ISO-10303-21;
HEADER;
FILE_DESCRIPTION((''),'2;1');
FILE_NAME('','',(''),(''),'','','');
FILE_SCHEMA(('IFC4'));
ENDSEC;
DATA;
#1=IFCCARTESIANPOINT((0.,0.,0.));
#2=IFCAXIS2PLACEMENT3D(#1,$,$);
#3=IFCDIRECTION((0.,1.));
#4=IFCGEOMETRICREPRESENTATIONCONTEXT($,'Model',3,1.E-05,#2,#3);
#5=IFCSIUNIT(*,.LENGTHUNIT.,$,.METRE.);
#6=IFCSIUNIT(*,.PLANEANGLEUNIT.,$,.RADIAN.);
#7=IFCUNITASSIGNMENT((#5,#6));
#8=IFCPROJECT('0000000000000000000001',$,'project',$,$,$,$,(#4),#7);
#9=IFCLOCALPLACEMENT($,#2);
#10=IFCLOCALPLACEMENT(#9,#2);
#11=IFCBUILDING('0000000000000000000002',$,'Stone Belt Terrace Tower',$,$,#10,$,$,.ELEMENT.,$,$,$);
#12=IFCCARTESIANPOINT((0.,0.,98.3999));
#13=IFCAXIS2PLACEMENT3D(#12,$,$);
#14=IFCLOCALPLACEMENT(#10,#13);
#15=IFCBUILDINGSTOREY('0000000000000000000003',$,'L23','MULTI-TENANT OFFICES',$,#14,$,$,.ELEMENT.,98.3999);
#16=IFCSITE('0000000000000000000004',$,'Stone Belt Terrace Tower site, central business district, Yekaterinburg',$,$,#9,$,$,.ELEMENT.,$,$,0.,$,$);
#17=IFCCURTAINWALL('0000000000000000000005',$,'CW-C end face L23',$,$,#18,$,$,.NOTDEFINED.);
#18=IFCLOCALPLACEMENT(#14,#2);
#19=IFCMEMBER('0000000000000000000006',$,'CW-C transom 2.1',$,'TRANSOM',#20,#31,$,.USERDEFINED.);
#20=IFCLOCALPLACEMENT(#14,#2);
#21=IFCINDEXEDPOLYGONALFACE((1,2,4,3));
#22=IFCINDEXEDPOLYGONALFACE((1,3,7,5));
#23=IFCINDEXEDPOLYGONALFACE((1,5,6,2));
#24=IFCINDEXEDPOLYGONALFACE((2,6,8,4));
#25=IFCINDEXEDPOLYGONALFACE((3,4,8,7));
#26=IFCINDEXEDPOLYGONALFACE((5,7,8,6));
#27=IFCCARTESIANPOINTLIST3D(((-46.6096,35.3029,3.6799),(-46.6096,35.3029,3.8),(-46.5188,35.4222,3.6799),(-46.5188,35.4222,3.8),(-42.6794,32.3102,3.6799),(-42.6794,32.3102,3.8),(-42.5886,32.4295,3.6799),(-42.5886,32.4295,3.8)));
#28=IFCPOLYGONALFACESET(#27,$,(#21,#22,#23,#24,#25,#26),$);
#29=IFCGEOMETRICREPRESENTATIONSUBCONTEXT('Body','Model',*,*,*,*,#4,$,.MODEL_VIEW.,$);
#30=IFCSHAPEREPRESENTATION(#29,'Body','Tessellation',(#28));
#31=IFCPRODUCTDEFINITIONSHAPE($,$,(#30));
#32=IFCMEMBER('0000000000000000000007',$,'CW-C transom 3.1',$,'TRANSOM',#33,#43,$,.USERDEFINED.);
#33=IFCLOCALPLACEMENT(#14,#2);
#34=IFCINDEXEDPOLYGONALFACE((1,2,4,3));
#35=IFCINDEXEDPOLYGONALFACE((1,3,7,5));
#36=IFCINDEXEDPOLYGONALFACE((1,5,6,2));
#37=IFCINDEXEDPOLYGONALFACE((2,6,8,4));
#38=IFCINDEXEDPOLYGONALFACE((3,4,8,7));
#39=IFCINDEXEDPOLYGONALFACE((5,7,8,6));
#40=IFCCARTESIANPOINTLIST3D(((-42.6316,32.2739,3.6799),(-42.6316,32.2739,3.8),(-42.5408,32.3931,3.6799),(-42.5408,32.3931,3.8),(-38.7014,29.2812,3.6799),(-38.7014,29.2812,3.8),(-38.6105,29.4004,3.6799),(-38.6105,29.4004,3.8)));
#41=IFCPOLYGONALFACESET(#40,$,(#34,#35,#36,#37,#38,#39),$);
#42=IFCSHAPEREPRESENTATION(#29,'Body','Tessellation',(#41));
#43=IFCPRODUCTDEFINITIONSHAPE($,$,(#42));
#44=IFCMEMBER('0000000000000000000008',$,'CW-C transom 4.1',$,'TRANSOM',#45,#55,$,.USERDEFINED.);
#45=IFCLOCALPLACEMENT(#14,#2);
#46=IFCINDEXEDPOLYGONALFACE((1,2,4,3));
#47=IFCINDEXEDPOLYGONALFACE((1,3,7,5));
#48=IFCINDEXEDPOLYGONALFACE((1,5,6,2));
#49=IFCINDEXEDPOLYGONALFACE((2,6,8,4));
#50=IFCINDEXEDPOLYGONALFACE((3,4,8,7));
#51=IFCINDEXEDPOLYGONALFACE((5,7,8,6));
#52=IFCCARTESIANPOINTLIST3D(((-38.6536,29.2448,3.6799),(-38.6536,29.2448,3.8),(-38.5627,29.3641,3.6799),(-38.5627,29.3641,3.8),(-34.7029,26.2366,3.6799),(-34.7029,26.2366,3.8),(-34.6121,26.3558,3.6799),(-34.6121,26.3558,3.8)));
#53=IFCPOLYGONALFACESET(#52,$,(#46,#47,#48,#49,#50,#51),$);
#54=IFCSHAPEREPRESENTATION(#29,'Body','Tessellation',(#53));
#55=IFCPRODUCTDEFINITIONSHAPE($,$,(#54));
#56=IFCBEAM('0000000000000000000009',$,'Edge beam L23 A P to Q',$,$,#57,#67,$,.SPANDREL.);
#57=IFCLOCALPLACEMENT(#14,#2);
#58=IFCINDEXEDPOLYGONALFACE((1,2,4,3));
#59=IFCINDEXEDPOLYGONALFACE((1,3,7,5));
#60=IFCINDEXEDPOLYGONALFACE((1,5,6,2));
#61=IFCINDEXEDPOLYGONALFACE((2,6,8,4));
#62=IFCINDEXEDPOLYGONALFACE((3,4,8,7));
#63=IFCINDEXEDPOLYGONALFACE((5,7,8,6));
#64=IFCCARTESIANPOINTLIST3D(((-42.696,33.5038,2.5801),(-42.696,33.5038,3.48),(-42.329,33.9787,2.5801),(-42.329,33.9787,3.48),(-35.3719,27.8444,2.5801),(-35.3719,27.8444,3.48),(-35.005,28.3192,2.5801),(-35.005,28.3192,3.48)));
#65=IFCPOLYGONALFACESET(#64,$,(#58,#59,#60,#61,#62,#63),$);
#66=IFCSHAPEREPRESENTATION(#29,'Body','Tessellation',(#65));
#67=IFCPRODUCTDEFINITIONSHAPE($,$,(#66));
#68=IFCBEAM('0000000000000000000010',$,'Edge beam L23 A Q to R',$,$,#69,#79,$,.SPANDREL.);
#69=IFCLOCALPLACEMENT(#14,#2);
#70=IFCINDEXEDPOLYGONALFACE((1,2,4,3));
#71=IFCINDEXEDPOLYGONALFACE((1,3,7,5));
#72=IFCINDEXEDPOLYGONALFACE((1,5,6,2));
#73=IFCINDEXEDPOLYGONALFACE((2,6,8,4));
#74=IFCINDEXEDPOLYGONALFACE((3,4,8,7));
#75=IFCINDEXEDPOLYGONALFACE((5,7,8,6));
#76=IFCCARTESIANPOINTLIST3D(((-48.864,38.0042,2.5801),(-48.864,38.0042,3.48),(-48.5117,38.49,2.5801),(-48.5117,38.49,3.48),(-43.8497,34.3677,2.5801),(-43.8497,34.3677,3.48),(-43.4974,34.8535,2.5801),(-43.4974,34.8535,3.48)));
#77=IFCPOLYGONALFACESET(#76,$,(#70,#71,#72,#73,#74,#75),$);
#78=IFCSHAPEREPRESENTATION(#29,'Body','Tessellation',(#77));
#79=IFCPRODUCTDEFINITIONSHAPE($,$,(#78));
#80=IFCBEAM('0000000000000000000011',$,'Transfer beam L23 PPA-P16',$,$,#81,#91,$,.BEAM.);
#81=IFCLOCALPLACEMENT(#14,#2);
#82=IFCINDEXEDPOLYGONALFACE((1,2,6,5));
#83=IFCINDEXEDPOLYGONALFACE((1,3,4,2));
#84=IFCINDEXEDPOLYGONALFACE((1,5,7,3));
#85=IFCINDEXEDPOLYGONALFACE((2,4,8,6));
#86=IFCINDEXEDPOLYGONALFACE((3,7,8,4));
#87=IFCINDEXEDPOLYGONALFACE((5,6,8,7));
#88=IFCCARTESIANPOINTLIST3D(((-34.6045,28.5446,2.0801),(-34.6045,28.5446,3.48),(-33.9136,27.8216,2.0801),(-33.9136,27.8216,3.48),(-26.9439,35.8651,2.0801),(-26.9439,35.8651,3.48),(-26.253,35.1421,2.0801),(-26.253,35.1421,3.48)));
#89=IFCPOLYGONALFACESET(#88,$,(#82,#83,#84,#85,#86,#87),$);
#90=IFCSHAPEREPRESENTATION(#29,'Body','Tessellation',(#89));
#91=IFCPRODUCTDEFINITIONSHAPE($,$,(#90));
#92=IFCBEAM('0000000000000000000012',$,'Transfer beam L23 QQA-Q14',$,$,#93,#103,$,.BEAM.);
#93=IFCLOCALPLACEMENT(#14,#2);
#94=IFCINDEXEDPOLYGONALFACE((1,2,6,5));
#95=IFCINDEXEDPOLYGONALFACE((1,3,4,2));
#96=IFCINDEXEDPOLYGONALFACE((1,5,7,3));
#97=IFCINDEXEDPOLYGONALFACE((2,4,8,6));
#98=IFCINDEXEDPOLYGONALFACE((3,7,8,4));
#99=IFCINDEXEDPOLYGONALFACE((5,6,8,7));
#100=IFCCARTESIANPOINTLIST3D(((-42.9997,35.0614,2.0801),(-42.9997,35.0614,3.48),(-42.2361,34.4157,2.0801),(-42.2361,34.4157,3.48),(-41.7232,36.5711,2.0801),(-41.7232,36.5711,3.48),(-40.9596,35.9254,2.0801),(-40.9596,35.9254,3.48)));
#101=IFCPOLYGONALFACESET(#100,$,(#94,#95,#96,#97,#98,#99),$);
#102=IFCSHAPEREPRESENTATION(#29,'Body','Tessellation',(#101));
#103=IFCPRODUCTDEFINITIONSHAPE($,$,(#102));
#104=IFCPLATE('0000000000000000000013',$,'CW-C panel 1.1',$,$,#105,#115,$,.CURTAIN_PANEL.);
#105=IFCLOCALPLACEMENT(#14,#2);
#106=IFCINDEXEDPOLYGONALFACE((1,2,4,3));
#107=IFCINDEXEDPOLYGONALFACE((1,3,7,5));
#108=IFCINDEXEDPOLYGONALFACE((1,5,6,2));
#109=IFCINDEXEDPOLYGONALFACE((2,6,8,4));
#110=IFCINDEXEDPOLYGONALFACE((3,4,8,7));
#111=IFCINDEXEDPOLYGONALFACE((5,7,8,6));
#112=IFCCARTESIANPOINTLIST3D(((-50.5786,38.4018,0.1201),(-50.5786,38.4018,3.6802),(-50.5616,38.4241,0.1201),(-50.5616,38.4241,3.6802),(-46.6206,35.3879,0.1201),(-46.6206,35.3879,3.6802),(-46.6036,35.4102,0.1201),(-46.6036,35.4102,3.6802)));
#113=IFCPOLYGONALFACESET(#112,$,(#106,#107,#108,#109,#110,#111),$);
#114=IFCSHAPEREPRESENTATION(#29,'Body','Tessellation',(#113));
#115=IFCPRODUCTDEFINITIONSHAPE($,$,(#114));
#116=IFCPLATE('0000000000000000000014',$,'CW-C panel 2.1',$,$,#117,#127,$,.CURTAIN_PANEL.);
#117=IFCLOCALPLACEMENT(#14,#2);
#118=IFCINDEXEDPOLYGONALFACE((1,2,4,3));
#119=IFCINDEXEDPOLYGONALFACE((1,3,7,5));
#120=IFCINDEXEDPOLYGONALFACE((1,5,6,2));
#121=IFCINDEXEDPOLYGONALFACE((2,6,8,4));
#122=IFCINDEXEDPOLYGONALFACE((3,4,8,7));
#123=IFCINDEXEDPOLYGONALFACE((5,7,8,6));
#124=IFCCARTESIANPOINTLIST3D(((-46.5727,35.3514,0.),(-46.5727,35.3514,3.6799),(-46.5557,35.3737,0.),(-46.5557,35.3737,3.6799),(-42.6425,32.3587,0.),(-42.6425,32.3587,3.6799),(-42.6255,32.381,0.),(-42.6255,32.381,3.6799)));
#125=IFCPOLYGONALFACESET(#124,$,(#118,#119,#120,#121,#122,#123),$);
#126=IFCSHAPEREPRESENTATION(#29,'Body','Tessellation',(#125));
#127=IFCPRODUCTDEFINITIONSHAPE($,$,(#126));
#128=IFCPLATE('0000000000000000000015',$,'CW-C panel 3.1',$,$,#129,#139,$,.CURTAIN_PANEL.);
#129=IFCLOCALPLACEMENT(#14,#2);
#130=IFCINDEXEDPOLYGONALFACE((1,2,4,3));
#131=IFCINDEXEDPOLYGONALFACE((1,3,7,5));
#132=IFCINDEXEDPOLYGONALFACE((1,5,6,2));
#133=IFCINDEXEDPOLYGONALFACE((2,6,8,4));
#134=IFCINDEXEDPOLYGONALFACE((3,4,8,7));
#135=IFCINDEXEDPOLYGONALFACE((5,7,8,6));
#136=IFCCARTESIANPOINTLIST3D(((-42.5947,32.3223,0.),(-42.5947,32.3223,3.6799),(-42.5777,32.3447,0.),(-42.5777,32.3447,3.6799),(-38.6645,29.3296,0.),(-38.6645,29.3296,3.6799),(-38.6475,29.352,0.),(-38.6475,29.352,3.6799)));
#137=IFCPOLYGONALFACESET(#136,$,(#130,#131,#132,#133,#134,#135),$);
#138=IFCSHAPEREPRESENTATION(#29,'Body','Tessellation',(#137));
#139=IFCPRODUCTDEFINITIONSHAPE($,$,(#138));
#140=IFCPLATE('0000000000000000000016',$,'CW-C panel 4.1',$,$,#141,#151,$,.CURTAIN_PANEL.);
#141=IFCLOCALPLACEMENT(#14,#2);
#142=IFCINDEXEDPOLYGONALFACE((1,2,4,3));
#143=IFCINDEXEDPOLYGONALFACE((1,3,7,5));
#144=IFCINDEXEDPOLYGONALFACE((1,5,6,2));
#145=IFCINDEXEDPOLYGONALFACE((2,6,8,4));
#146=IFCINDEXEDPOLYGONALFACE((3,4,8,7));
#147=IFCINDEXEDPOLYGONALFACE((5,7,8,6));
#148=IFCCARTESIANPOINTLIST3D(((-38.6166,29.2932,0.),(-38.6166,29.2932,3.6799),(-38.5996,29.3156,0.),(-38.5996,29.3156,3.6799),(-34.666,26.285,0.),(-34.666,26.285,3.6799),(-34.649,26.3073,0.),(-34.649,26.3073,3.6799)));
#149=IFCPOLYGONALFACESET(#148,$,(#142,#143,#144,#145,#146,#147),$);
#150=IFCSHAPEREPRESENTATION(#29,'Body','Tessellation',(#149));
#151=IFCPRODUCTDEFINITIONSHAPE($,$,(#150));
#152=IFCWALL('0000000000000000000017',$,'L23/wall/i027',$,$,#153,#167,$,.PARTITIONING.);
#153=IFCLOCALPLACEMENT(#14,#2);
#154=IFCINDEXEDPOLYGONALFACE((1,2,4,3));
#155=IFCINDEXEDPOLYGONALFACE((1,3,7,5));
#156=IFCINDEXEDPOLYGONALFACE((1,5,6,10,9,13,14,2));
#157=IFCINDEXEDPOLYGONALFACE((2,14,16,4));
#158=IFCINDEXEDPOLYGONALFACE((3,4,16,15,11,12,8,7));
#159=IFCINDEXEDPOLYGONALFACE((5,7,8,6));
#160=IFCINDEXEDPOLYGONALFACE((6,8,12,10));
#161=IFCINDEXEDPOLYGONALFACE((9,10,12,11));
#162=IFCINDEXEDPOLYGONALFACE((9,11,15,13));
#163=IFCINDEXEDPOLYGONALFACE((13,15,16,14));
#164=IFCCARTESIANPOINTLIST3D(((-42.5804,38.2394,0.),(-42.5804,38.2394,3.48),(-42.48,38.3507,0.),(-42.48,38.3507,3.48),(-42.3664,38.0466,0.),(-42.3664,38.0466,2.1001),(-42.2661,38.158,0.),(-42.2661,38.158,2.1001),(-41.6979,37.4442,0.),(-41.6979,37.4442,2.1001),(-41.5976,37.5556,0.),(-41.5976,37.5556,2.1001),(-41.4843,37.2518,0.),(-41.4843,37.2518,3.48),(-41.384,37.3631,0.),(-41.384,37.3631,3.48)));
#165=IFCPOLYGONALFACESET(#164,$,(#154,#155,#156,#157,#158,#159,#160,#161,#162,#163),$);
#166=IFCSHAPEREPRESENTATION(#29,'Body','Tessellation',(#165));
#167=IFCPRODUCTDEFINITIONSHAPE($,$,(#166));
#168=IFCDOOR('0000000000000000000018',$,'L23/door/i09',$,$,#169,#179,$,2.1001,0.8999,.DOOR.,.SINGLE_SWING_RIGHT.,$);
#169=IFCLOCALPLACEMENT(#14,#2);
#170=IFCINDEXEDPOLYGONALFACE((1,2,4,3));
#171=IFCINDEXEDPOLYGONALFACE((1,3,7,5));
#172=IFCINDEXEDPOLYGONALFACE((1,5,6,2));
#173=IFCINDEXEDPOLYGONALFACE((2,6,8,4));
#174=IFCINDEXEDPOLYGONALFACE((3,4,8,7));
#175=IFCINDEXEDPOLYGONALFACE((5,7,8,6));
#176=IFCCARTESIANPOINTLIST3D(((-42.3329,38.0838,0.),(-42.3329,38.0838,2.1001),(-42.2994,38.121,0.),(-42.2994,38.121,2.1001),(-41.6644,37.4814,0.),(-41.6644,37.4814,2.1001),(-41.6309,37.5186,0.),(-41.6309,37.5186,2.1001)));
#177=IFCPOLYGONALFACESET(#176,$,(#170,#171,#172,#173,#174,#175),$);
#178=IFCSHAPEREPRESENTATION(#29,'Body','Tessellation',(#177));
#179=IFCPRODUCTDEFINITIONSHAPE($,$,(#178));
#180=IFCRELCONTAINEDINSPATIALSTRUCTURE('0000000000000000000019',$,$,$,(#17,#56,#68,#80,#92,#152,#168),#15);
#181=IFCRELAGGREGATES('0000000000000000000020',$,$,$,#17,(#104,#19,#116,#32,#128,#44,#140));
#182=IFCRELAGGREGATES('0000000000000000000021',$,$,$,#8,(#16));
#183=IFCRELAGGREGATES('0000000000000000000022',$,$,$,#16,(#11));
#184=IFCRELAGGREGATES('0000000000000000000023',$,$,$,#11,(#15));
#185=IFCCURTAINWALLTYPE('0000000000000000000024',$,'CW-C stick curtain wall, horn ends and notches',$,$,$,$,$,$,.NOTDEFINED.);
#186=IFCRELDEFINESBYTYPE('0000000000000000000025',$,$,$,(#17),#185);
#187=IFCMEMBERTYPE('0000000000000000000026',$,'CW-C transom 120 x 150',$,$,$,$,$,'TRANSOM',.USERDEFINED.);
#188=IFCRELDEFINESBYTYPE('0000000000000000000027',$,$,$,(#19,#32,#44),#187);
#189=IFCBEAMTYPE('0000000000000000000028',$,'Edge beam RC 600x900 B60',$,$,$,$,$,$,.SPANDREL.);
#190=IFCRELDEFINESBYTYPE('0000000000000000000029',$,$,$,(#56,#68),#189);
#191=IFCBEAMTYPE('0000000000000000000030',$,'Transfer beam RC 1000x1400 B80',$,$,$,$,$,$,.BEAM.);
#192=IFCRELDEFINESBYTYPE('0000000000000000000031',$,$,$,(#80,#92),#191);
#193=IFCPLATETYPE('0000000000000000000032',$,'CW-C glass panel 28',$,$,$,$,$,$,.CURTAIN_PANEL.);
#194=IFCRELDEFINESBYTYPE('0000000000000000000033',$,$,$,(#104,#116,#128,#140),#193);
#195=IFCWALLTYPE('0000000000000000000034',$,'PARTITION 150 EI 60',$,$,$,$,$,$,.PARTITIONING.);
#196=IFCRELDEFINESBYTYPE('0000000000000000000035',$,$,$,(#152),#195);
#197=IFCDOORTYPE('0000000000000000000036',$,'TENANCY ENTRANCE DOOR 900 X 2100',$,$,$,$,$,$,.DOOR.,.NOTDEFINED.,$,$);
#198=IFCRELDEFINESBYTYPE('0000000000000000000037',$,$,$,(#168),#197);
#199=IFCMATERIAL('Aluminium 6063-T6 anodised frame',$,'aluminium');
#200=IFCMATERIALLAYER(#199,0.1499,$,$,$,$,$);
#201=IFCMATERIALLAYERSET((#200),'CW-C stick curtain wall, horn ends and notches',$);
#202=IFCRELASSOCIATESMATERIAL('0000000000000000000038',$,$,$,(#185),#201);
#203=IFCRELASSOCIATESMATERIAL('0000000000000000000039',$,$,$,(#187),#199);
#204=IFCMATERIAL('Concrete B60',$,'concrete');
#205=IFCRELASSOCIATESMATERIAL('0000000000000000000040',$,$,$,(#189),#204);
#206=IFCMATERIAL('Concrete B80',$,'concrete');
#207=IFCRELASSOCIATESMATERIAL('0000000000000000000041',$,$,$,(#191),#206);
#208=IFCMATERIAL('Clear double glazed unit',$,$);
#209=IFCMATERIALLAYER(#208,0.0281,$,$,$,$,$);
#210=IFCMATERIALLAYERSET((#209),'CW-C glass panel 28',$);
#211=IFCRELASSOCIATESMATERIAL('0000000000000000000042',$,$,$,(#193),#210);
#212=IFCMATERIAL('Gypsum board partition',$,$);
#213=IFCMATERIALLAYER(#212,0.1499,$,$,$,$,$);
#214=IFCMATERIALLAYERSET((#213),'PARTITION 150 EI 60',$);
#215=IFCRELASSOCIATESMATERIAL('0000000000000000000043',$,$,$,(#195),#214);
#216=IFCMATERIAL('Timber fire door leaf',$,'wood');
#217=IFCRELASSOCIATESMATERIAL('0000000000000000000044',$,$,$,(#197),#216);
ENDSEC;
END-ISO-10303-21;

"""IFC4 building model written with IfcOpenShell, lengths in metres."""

from ifc_helpers import new_model, si_unit, direction, frame, frame_2d, origin, origin_2d, place, context, subcontext, project, spatial, rectangle, extrude, material, layer, layer_set, material_profile, profile_set, type_object, element, fill, aggregate, save


model = new_model("IFC4")

# Units and contexts
model_context = context("Model", 3, precision=1e-05, world=origin(), true_north=direction((0.0, 1.0)))
body_context = subcontext(model_context, "Body", "Model", "MODEL_VIEW")
ifc_project = project(units=[si_unit("LENGTHUNIT", "METRE"), si_unit("PLANEANGLEUNIT", "RADIAN")], contexts=[model_context])

# Site, building, storey
site_placement = place(None, origin())
site = spatial("IfcSite", under=ifc_project, at=site_placement, Name="Stone Belt Terrace Tower site, central business district, Yekaterinburg", CompositionType="ELEMENT", RefElevation=0.0)
building_placement = place(site_placement, origin())
building = spatial("IfcBuilding", under=site, at=building_placement, Name="Stone Belt Terrace Tower", CompositionType="ELEMENT")
storey_placement = place(building_placement, frame((0.0, 0.0, 98.3999)))
storey = spatial("IfcBuildingStorey", under=building, at=storey_placement, Name="L23", Description="MULTI-TENANT OFFICES", CompositionType="ELEMENT", Elevation=98.3999)

# Shared definitions
ifc_material_1 = material(Name="Concrete B80", Category="concrete")

# Curtain wall, members
ifc_material_2 = material(Name="Aluminium 6063-T6 anodised frame", Category="aluminium")
ifc_layer_1 = layer(ifc_material_2, 0.1499)
ifc_layer_set_1 = layer_set([ifc_layer_1], Name="CW-C stick curtain wall, horn ends and notches")
curtain_wall_type_1 = type_object("IfcCurtainWallType", Name="CW-C stick curtain wall, horn ends and notches", PredefinedType="NOTDEFINED", material=ifc_layer_set_1)
curtain_wall_1_placement = place(storey_placement, origin())
curtain_wall_1 = element("IfcCurtainWall", 1, at=curtain_wall_1_placement, inside=storey, type_object=curtain_wall_type_1, Name="CW-C end face L23", PredefinedType="NOTDEFINED")
ifc_material_profile_1 = material_profile(ifc_material_2, rectangle(XDim=0.1499, YDim=0.1201, at=origin_2d()), Name="Aluminium 6063-T6 150x120")
ifc_profile_set_1 = profile_set([ifc_material_profile_1], Name="Aluminium 6063-T6 anodised frame")
member_type_1 = type_object("IfcMemberType", Name="CW-C transom 120 x 150", ElementType="TRANSOM", PredefinedType="USERDEFINED", material=ifc_profile_set_1)
member_1_placement = place(storey_placement, frame((-46.5642, 35.3625, 3.74), z_axis=(0.795602, -0.60582, 0.0), x_axis=(0.60582, 0.795602, 0.0)))
member_1 = element("IfcMember", 2, at=member_1_placement, type_object=member_type_1, Name="CW-C transom 2.1", ObjectType="TRANSOM", PredefinedType="USERDEFINED", context=body_context, shape_type="SweptSolid", body=[
    extrude(rectangle(XDim=0.1499, YDim=0.1201, at=origin_2d()), origin(), (0.0, 0.0, 1.0), 4.9399),
])
member_2_placement = place(storey_placement, frame((-42.5862, 32.3335, 3.74), z_axis=(0.795602, -0.60582, 0.0), x_axis=(0.60582, 0.795602, 0.0)))
member_2 = element("IfcMember", 3, at=member_2_placement, type_object=member_type_1, Name="CW-C transom 3.1", ObjectType="TRANSOM", PredefinedType="USERDEFINED", context=body_context, shape_type="SweptSolid", body=[
    extrude(rectangle(XDim=0.1499, YDim=0.1201, at=origin_2d()), origin(), (0.0, 0.0, 1.0), 4.9399),
])
member_3_placement = place(storey_placement, frame((-38.6082, 29.3044, 3.74), z_axis=(0.795601, -0.605821, 0.0), x_axis=(0.605821, 0.795601, 0.0)))
member_3 = element("IfcMember", 4, at=member_3_placement, type_object=member_type_1, Name="CW-C transom 4.1", ObjectType="TRANSOM", PredefinedType="USERDEFINED", context=body_context, shape_type="SweptSolid", body=[
    extrude(rectangle(XDim=0.1499, YDim=0.1201, at=origin_2d()), origin(), (0.0, 0.0, 1.0), 4.9656),
])

# Beams
ifc_material_3 = material(Name="Concrete B60", Category="concrete")
ifc_material_profile_2 = material_profile(ifc_material_3, rectangle(XDim=0.6001, YDim=0.8999, at=origin_2d()), Name="RC 600x900")
ifc_profile_set_2 = profile_set([ifc_material_profile_2], Name="Concrete B60")
beam_type_1 = type_object("IfcBeamType", Name="Edge beam RC 600x900 B60", PredefinedType="SPANDREL", material=ifc_profile_set_2)
beam_1_placement = place(storey_placement, frame((-35.1885, 28.0818, 3.03), z_axis=(-0.791286, 0.611447, 0.0), x_axis=(-0.611447, -0.791286, 0.0)))
element("IfcBeam", 5, at=beam_1_placement, inside=storey, type_object=beam_type_1, Name="Edge beam L23 A P to Q", PredefinedType="SPANDREL", context=body_context, shape_type="SweptSolid", body=[
    extrude(rectangle(XDim=0.6001, YDim=0.8999, at=origin_2d()), origin(), (0.0, 0.0, 1.0), 9.2559),
])
beam_2_placement = place(storey_placement, frame((-43.6736, 34.6106, 3.03), z_axis=(-0.809518, 0.587095, 0.0), x_axis=(-0.587095, -0.809518, 0.0)))
element("IfcBeam", 6, at=beam_2_placement, inside=storey, type_object=beam_type_1, Name="Edge beam L23 A Q to R", PredefinedType="SPANDREL", context=body_context, shape_type="SweptSolid", body=[
    extrude(rectangle(XDim=0.6001, YDim=0.8999, at=origin_2d()), origin(), (0.0, 0.0, 1.0), 6.1941),
])
ifc_material_profile_3 = material_profile(ifc_material_1, rectangle(XDim=1.0, YDim=1.3999, at=origin_2d()), Name="RC 1000x1400")
ifc_profile_set_3 = profile_set([ifc_material_profile_3], Name="Concrete B80")
beam_type_2 = type_object("IfcBeamType", Name="Transfer beam RC 1000x1400 B80", PredefinedType="BEAM", material=ifc_profile_set_3)
beam_3_placement = place(storey_placement, frame((-34.259, 28.1831, 2.78), z_axis=(0.722973, 0.690877, 0.0), x_axis=(-0.690877, 0.722973, 0.0)))
element("IfcBeam", 7, at=beam_3_placement, inside=storey, type_object=beam_type_2, Name="Transfer beam L23 PPA-P16", PredefinedType="BEAM", context=body_context, shape_type="SweptSolid", body=[
    extrude(rectangle(XDim=1.0, YDim=1.3999, at=origin_2d()), origin(), (0.0, 0.0, 1.0), 10.5959),
])
beam_4_placement = place(storey_placement, frame((-42.6179, 34.7385, 2.78), z_axis=(0.645682, 0.763606, 0.0), x_axis=(-0.763606, 0.645682, 0.0)))
element("IfcBeam", 8, at=beam_4_placement, inside=storey, type_object=beam_type_2, Name="Transfer beam L23 QQA-Q14", PredefinedType="BEAM", context=body_context, shape_type="SweptSolid", body=[
    extrude(rectangle(XDim=1.0, YDim=1.3999, at=origin_2d()), origin(), (0.0, 0.0, 1.0), 1.9771),
])

# Plates
ifc_material_4 = material(Name="Clear double glazed unit")
ifc_layer_2 = layer(ifc_material_4, 0.0281)
ifc_layer_set_2 = layer_set([ifc_layer_2], Name="CW-C glass panel 28")
plate_type = type_object("IfcPlateType", Name="CW-C glass panel 28", PredefinedType="CURTAIN_PANEL", material=ifc_layer_set_2)
plate_1_placement = place(storey_placement, frame((-48.5911, 36.906, 0.1201), z_axis=(0.0, 0.0, 1.0), x_axis=(0.795602, -0.60582, 0.0)))
plate_1 = element("IfcPlate", 9, at=plate_1_placement, type_object=plate_type, Name="CW-C panel 1.1", PredefinedType="CURTAIN_PANEL", context=body_context, shape_type="SweptSolid", body=[
    extrude(rectangle(XDim=4.9749, YDim=0.0281, at=origin_2d()), origin(), (0.0, 0.0, 1.0), 3.5601),
])
plate_2_placement = place(storey_placement, frame((-44.5991, 33.8662, 0.0), z_axis=(0.0, 0.0, 1.0), x_axis=(0.795602, -0.60582, 0.0)))
plate_2 = element("IfcPlate", 10, at=plate_2_placement, type_object=plate_type, Name="CW-C panel 2.1", PredefinedType="CURTAIN_PANEL", context=body_context, shape_type="SweptSolid", body=[
    extrude(rectangle(XDim=4.9399, YDim=0.0281, at=origin_2d()), origin(), (0.0, 0.0, 1.0), 3.6799),
])
plate_3_placement = place(storey_placement, frame((-40.6211, 30.8372, 0.0), z_axis=(0.0, 0.0, 1.0), x_axis=(0.795602, -0.60582, 0.0)))
plate_3 = element("IfcPlate", 11, at=plate_3_placement, type_object=plate_type, Name="CW-C panel 3.1", PredefinedType="CURTAIN_PANEL", context=body_context, shape_type="SweptSolid", body=[
    extrude(rectangle(XDim=4.9399, YDim=0.0281, at=origin_2d()), origin(), (0.0, 0.0, 1.0), 3.6799),
])
plate_4_placement = place(storey_placement, frame((-36.6328, 27.8003, 0.0), z_axis=(0.0, 0.0, 1.0), x_axis=(0.795602, -0.60582, 0.0)))
plate_4 = element("IfcPlate", 12, at=plate_4_placement, type_object=plate_type, Name="CW-C panel 4.1", PredefinedType="CURTAIN_PANEL", context=body_context, shape_type="SweptSolid", body=[
    extrude(rectangle(XDim=4.9656, YDim=0.0281, at=origin_2d()), origin(), (0.0, 0.0, 1.0), 3.6799),
])
aggregate(curtain_wall_1, [plate_1, member_1, plate_2, member_2, plate_3, member_3, plate_4])

# Wall, opening, door
ifc_material_5 = material(Name="Gypsum board partition")
ifc_layer_3 = layer(ifc_material_5, 0.1499)
ifc_layer_set_3 = layer_set([ifc_layer_3], Name="PARTITION 150 EI 60")
wall_type = type_object("IfcWallType", Name="PARTITION 150 EI 60", PredefinedType="PARTITIONING", material=ifc_layer_set_3)
wall_1_placement = place(storey_placement, frame((-41.4341, 37.3074, 0.0), z_axis=(0.0, 0.0, 1.0), x_axis=(-0.742891, 0.669413, 0.0)))
wall_1 = element("IfcWall", 13, at=wall_1_placement, inside=storey, type_object=wall_type, Name="L23/wall/i027", PredefinedType="PARTITIONING", context=body_context, shape_type="SweptSolid", body=[
    extrude(rectangle(XDim=1.4753, YDim=0.1499, at=frame_2d((0.7378, 0.0))), origin(), (0.0, 0.0, 1.0), 3.48),
])
opening_1_placement = place(wall_1_placement, frame((0.2876, 0.0, 0.0)))
opening_1 = element("IfcOpeningElement", 14, at=opening_1_placement, cuts=wall_1, PredefinedType="OPENING", context=body_context, shape_type="SweptSolid", body=[
    extrude(rectangle(XDim=0.8999, YDim=2.1001, at=frame_2d((0.45, 1.05))), frame((0.0, 0.085, 0.0), z_axis=(0.0, -1.0, 0.0), x_axis=(1.0, 0.0, 0.0)), (0.0, 0.0, 1.0), 0.1699),
])
ifc_material_6 = material(Name="Timber fire door leaf", Category="wood")
door_type_1 = type_object("IfcDoorType", Name="TENANCY ENTRANCE DOOR 900 X 2100", OperationType="NOTDEFINED", PredefinedType="DOOR", material=ifc_material_6)
door_1_placement = place(opening_1_placement, origin())
door_1 = element("IfcDoor", 15, at=door_1_placement, inside=storey, type_object=door_type_1, Name="L23/door/i09", OperationType="SINGLE_SWING_RIGHT", OverallHeight=2.1001, OverallWidth=0.8999, PredefinedType="DOOR", context=body_context, shape_type="SweptSolid", body=[
    extrude(rectangle(XDim=0.8999, YDim=2.1001, at=frame_2d((0.45, 1.05))), frame((0.0, 0.0249, 0.0), z_axis=(0.0, -1.0, 0.0), x_axis=(1.0, 0.0, 0.0)), (0.0, 0.0, 1.0), 0.05),
])
fill(opening_1, door_1)

save(model, "model.ifc")
